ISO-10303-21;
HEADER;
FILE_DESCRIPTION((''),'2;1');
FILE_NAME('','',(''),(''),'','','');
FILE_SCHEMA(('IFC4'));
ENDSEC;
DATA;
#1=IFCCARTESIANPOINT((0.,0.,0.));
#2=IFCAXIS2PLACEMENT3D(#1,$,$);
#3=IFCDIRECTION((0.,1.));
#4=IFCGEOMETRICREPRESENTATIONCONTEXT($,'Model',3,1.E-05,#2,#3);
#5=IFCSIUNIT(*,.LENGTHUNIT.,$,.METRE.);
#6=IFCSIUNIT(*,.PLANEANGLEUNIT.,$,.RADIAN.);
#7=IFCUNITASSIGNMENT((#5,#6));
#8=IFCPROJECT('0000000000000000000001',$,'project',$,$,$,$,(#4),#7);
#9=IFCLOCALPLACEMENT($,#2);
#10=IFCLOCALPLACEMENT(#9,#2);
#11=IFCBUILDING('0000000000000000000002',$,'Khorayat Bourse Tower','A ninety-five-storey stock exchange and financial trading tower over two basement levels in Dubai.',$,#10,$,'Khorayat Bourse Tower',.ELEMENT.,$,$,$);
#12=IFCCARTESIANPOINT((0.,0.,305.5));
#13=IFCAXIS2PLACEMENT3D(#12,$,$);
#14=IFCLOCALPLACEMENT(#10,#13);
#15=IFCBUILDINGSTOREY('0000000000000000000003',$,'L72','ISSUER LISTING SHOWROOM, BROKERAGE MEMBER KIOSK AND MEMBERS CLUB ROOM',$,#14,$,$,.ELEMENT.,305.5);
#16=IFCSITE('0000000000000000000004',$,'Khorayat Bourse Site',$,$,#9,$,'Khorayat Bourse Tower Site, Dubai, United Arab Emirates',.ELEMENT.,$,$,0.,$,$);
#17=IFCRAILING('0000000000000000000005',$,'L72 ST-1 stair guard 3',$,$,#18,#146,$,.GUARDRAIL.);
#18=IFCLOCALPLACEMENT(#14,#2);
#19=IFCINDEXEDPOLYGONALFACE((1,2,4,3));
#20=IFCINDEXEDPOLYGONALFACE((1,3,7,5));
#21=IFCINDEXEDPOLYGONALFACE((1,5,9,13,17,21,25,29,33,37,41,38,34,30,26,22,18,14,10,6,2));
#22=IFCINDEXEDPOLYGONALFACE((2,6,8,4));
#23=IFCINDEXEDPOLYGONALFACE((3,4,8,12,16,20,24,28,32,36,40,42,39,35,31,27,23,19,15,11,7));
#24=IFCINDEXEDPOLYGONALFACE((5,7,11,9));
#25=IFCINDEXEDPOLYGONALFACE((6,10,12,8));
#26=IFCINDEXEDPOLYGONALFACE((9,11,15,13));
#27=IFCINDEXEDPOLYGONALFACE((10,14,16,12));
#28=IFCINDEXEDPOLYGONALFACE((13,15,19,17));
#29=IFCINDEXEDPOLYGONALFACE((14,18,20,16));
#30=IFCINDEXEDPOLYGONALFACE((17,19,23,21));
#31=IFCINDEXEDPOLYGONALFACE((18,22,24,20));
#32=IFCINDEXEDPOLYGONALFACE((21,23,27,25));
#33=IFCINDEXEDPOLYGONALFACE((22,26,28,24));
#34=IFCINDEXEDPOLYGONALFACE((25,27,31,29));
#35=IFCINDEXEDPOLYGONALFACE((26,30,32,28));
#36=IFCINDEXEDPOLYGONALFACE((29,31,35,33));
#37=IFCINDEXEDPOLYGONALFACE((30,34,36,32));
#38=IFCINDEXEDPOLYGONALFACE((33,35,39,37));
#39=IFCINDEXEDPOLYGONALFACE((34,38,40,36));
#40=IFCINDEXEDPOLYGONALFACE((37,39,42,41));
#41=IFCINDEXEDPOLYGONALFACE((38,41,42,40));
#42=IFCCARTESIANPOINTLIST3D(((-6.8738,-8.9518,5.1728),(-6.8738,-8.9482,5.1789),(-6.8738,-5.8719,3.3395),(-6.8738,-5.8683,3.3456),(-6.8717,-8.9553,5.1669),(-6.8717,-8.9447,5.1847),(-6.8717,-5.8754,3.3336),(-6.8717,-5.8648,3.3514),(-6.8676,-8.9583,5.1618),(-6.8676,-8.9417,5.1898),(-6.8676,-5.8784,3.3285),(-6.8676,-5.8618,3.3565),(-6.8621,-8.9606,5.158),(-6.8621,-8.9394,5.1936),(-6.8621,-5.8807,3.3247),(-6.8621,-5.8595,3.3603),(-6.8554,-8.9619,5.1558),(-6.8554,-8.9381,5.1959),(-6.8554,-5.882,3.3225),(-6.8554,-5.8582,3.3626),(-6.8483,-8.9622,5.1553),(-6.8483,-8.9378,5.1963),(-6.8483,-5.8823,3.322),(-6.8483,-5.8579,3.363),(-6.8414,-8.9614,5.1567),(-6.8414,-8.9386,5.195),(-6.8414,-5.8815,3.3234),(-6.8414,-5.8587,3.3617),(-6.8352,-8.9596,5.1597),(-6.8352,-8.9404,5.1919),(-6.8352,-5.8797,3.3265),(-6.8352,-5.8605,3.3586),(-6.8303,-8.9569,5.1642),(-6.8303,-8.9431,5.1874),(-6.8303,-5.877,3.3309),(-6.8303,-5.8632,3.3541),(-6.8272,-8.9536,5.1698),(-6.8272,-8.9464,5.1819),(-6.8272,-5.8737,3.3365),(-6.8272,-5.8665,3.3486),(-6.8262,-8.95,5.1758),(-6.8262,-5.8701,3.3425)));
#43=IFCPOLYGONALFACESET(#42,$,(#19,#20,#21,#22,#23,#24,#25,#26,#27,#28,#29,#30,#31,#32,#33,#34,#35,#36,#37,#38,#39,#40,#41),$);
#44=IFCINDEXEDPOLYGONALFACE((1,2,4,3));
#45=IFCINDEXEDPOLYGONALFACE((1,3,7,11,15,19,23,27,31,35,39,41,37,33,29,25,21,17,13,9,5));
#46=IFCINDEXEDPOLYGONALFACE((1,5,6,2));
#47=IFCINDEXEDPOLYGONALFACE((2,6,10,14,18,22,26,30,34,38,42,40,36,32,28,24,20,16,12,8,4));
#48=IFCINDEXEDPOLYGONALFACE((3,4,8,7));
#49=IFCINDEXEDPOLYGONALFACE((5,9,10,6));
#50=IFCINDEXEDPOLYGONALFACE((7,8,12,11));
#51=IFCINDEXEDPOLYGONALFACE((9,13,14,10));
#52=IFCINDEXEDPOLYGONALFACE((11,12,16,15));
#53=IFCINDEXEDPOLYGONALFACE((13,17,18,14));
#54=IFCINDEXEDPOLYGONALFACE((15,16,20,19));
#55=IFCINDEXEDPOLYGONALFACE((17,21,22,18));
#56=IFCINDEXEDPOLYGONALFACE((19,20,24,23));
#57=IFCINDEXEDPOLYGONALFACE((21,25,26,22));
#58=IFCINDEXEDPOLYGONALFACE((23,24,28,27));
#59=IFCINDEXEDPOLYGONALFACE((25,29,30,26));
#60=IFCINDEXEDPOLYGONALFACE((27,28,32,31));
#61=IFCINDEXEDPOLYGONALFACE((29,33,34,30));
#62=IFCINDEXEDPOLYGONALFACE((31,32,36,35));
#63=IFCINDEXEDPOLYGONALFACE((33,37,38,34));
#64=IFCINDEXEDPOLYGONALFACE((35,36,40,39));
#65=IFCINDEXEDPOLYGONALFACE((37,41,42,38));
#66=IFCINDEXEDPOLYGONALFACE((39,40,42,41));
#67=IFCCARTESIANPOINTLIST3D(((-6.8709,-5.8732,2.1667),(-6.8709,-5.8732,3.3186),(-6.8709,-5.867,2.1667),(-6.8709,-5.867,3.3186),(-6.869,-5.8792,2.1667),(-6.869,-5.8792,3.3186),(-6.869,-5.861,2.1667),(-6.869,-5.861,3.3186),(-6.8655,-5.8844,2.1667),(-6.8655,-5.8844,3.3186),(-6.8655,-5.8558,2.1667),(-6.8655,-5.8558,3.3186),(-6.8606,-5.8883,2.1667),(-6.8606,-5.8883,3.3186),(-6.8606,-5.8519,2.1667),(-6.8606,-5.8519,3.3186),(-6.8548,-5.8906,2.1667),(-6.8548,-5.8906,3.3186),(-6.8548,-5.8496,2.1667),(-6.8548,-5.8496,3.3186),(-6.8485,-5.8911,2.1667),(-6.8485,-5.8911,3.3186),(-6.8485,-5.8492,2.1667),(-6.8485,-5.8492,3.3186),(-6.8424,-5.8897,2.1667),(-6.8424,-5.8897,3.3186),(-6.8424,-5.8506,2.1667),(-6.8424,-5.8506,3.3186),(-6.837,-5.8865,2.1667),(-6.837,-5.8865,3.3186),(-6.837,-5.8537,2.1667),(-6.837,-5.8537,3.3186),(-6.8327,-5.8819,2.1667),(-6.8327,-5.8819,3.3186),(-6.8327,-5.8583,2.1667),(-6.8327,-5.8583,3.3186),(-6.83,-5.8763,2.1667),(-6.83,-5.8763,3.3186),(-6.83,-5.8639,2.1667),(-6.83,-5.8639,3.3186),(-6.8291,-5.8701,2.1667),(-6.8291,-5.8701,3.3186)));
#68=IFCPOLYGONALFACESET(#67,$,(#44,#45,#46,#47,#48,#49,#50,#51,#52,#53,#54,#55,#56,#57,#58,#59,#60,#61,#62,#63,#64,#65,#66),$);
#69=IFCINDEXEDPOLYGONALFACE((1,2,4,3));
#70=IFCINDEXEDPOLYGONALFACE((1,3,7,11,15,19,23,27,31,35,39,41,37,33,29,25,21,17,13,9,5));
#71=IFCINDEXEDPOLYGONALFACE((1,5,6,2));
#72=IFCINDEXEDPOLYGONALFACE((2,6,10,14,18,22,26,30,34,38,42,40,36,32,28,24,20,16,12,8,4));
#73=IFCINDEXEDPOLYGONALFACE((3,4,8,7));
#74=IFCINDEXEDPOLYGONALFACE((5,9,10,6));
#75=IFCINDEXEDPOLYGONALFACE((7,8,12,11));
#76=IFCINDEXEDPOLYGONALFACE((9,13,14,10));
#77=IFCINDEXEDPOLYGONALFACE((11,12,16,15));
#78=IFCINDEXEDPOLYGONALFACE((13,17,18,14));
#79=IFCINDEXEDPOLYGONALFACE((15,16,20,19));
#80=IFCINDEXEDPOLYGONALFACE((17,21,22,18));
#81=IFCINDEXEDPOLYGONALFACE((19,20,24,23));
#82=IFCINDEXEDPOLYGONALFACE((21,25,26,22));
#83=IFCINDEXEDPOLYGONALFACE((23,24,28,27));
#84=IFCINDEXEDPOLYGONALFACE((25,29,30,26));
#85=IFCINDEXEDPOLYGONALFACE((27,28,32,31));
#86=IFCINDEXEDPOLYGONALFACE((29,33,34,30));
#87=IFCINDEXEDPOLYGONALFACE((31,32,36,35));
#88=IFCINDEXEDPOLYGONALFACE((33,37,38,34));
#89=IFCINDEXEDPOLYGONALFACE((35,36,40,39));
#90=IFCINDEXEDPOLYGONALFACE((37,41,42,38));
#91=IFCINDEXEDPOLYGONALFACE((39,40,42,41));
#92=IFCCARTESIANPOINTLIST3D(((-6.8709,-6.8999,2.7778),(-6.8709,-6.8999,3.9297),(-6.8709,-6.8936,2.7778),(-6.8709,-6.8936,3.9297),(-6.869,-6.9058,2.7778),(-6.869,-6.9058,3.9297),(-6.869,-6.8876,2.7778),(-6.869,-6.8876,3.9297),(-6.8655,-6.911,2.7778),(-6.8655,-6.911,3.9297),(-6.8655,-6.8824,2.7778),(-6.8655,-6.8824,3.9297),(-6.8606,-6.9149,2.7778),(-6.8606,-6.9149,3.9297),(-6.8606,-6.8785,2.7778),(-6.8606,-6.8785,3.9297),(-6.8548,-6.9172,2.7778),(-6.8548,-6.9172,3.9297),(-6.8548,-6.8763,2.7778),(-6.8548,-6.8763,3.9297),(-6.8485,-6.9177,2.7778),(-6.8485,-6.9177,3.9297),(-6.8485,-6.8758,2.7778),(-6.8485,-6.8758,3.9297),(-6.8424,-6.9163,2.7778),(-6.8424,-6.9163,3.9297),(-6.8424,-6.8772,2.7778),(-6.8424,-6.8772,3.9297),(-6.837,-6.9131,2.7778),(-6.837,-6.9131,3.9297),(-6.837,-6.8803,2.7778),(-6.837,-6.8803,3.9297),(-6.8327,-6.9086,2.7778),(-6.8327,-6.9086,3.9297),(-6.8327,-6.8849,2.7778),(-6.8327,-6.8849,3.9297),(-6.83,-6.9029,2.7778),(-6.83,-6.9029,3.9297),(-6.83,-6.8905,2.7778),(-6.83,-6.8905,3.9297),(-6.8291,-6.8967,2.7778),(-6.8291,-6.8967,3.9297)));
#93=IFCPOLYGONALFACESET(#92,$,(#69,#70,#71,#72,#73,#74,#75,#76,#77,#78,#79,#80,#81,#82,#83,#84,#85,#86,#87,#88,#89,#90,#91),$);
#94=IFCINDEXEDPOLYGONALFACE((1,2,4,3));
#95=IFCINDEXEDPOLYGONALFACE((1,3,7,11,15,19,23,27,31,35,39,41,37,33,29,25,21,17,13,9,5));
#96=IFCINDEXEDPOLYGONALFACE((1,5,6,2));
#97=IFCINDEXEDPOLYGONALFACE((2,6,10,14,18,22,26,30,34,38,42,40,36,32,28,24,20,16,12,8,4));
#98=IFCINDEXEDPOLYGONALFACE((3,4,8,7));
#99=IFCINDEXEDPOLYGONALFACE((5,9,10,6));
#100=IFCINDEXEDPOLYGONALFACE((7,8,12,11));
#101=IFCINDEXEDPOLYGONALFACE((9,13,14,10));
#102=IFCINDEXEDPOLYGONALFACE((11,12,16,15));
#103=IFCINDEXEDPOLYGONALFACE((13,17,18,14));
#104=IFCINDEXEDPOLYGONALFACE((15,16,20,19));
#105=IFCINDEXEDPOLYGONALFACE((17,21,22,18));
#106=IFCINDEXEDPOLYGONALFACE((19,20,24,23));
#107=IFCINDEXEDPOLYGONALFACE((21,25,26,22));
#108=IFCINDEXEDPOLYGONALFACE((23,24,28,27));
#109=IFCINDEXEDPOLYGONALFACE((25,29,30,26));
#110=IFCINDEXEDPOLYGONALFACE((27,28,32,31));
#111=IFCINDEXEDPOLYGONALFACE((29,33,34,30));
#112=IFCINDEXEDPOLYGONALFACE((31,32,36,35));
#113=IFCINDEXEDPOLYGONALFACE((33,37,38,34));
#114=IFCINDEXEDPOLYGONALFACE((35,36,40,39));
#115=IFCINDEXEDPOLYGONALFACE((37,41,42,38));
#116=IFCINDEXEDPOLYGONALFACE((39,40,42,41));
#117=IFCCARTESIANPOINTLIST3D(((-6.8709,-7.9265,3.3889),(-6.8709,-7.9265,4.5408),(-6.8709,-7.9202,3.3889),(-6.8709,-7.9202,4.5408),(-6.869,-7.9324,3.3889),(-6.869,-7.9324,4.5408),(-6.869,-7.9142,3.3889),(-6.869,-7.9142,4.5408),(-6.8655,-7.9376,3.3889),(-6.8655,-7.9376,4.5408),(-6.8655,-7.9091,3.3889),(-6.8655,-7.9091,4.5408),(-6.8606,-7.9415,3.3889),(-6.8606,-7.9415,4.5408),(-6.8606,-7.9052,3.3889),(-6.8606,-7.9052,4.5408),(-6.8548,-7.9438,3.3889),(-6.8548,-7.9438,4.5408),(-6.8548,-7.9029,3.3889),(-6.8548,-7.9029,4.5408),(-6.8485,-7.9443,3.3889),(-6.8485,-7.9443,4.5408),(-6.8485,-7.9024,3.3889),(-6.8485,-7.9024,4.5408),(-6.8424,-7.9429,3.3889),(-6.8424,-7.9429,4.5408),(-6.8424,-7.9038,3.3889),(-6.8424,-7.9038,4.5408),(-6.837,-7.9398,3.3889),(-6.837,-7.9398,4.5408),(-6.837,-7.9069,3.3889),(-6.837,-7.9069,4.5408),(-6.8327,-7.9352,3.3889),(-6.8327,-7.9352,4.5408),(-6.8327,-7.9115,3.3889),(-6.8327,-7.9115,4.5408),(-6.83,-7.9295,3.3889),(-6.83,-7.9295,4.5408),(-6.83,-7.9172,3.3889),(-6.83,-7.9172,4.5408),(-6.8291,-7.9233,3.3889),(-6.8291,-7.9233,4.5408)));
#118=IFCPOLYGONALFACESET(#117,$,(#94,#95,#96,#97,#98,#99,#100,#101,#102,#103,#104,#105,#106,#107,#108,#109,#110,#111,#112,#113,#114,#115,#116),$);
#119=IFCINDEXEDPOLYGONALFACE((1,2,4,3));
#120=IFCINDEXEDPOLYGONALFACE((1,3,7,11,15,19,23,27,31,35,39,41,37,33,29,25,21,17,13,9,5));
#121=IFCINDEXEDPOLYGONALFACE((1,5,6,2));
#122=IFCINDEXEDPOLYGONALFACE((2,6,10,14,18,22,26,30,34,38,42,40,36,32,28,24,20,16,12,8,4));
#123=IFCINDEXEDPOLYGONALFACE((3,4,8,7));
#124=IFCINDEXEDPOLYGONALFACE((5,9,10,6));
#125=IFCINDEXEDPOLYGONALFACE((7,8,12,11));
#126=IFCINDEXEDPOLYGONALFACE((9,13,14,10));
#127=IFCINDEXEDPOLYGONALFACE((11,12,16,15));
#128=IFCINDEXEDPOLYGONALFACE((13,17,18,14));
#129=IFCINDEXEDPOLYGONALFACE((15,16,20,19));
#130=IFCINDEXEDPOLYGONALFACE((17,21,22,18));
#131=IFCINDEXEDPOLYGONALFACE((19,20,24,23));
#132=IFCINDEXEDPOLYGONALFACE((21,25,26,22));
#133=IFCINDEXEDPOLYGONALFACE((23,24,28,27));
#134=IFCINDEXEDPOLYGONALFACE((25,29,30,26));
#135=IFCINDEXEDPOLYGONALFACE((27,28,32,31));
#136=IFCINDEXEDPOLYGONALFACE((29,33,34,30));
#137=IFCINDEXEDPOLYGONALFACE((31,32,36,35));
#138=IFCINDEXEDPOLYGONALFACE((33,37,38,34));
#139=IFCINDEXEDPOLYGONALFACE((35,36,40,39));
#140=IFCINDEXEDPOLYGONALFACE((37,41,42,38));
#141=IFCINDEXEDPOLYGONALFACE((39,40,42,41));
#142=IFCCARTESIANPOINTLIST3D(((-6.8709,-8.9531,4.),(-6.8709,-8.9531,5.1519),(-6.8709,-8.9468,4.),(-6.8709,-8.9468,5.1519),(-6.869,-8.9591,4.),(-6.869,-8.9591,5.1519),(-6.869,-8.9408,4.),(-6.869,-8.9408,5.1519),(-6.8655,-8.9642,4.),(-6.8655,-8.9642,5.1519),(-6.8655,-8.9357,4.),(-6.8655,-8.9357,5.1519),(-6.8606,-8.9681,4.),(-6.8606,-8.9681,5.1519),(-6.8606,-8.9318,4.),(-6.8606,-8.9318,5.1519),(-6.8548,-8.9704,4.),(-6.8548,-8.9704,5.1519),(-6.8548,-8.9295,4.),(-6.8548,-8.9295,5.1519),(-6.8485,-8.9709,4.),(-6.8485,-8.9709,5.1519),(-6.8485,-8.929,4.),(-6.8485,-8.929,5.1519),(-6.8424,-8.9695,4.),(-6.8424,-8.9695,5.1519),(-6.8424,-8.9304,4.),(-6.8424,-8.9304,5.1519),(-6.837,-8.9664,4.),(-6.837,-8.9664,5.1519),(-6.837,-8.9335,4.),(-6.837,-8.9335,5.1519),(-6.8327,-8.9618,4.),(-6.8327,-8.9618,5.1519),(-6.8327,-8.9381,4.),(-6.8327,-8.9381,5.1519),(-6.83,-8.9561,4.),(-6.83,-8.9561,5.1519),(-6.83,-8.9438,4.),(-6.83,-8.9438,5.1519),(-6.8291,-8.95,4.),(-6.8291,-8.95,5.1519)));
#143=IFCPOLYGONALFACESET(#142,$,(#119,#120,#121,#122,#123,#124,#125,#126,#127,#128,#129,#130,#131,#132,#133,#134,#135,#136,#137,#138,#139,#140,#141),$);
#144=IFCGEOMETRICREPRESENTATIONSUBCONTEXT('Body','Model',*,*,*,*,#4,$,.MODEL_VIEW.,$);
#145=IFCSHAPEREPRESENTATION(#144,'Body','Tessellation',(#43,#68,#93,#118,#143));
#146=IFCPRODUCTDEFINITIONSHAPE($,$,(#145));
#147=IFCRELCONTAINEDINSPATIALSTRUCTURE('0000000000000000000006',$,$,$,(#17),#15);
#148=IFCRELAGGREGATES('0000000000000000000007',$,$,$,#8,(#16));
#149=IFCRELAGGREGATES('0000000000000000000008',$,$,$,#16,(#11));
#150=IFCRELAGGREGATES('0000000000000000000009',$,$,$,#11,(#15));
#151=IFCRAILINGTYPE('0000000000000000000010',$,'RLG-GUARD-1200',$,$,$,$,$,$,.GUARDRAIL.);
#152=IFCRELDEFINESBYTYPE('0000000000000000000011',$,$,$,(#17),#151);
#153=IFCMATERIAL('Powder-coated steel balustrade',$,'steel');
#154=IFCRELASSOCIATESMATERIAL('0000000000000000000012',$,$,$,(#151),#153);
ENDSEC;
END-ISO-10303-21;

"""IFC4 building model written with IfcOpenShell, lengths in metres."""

from ifc_helpers import new_model, si_unit, direction, frame, origin, origin_2d, place, context, subcontext, project, spatial, circle, extrude, source, transform, mapped, material, type_object, element, save


model = new_model("IFC4")

# Units and contexts
model_context = context("Model", 3, precision=1e-05, world=origin(), true_north=direction((0.0, 1.0)))
body_context = subcontext(model_context, "Body", "Model", "MODEL_VIEW")
ifc_project = project(units=[si_unit("LENGTHUNIT", "METRE"), si_unit("PLANEANGLEUNIT", "RADIAN")], contexts=[model_context])

# Site, building, storey
site_placement = place(None, origin())
site = spatial("IfcSite", under=ifc_project, at=site_placement, Name="Khorayat Bourse Site", LongName="Khorayat Bourse Tower Site, Dubai, United Arab Emirates", CompositionType="ELEMENT", RefElevation=0.0)
building_placement = place(site_placement, origin())
building = spatial("IfcBuilding", under=site, at=building_placement, Name="Khorayat Bourse Tower", Description="A ninety-five-storey stock exchange and financial trading tower over two basement levels in Dubai.", LongName="Khorayat Bourse Tower", CompositionType="ELEMENT")
storey_placement = place(building_placement, frame((0.0, 0.0, 305.5)))
storey = spatial("IfcBuildingStorey", under=building, at=storey_placement, Name="L72", Description="ISSUER LISTING SHOWROOM, BROKERAGE MEMBER KIOSK AND MEMBERS CLUB ROOM", CompositionType="ELEMENT", Elevation=305.5)

# Railing
ifc_material_1 = material(Name="Powder-coated steel balustrade", Category="steel")
railing_type_1 = type_object("IfcRailingType", Name="RLG-GUARD-1200", PredefinedType="GUARDRAIL", material=ifc_material_1)
shared_shape_1 = source(origin(), body_context, "Body", "SweptSolid", [
    extrude(circle(Radius=0.0239, at=origin_2d()), frame((0.0, 0.0, 1.1758), z_axis=(0.0, -0.859291, 0.511487), x_axis=(1.0, 0.0, 0.0)), (0.0, 0.0, 1.0), 3.5842),
    extrude(circle(Radius=0.021, at=origin_2d()), origin(), (0.0, 0.0, 1.0), 1.1519),
    extrude(circle(Radius=0.021, at=origin_2d()), frame((0.0, -1.0266, 0.6111)), (0.0, 0.0, 1.0), 1.1519),
    extrude(circle(Radius=0.021, at=origin_2d()), frame((0.0, -2.0532, 1.2222)), (0.0, 0.0, 1.0), 1.1519),
    extrude(circle(Radius=0.021, at=origin_2d()), frame((0.0, -3.0798, 1.8333)), (0.0, 0.0, 1.0), 1.1519),
])
railing_1_placement = place(storey_placement, frame((-6.8501, -5.8701, 2.1667)))
element("IfcRailing", 1, at=railing_1_placement, inside=storey, type_object=railing_type_1, Name="L72 ST-1 stair guard 3", PredefinedType="GUARDRAIL", context=body_context, shape_type="MappedRepresentation", body=[
    mapped(shared_shape_1, transform((0.0, 0.0, 0.0), scale=1.0)),
])

save(model, "model.ifc")
